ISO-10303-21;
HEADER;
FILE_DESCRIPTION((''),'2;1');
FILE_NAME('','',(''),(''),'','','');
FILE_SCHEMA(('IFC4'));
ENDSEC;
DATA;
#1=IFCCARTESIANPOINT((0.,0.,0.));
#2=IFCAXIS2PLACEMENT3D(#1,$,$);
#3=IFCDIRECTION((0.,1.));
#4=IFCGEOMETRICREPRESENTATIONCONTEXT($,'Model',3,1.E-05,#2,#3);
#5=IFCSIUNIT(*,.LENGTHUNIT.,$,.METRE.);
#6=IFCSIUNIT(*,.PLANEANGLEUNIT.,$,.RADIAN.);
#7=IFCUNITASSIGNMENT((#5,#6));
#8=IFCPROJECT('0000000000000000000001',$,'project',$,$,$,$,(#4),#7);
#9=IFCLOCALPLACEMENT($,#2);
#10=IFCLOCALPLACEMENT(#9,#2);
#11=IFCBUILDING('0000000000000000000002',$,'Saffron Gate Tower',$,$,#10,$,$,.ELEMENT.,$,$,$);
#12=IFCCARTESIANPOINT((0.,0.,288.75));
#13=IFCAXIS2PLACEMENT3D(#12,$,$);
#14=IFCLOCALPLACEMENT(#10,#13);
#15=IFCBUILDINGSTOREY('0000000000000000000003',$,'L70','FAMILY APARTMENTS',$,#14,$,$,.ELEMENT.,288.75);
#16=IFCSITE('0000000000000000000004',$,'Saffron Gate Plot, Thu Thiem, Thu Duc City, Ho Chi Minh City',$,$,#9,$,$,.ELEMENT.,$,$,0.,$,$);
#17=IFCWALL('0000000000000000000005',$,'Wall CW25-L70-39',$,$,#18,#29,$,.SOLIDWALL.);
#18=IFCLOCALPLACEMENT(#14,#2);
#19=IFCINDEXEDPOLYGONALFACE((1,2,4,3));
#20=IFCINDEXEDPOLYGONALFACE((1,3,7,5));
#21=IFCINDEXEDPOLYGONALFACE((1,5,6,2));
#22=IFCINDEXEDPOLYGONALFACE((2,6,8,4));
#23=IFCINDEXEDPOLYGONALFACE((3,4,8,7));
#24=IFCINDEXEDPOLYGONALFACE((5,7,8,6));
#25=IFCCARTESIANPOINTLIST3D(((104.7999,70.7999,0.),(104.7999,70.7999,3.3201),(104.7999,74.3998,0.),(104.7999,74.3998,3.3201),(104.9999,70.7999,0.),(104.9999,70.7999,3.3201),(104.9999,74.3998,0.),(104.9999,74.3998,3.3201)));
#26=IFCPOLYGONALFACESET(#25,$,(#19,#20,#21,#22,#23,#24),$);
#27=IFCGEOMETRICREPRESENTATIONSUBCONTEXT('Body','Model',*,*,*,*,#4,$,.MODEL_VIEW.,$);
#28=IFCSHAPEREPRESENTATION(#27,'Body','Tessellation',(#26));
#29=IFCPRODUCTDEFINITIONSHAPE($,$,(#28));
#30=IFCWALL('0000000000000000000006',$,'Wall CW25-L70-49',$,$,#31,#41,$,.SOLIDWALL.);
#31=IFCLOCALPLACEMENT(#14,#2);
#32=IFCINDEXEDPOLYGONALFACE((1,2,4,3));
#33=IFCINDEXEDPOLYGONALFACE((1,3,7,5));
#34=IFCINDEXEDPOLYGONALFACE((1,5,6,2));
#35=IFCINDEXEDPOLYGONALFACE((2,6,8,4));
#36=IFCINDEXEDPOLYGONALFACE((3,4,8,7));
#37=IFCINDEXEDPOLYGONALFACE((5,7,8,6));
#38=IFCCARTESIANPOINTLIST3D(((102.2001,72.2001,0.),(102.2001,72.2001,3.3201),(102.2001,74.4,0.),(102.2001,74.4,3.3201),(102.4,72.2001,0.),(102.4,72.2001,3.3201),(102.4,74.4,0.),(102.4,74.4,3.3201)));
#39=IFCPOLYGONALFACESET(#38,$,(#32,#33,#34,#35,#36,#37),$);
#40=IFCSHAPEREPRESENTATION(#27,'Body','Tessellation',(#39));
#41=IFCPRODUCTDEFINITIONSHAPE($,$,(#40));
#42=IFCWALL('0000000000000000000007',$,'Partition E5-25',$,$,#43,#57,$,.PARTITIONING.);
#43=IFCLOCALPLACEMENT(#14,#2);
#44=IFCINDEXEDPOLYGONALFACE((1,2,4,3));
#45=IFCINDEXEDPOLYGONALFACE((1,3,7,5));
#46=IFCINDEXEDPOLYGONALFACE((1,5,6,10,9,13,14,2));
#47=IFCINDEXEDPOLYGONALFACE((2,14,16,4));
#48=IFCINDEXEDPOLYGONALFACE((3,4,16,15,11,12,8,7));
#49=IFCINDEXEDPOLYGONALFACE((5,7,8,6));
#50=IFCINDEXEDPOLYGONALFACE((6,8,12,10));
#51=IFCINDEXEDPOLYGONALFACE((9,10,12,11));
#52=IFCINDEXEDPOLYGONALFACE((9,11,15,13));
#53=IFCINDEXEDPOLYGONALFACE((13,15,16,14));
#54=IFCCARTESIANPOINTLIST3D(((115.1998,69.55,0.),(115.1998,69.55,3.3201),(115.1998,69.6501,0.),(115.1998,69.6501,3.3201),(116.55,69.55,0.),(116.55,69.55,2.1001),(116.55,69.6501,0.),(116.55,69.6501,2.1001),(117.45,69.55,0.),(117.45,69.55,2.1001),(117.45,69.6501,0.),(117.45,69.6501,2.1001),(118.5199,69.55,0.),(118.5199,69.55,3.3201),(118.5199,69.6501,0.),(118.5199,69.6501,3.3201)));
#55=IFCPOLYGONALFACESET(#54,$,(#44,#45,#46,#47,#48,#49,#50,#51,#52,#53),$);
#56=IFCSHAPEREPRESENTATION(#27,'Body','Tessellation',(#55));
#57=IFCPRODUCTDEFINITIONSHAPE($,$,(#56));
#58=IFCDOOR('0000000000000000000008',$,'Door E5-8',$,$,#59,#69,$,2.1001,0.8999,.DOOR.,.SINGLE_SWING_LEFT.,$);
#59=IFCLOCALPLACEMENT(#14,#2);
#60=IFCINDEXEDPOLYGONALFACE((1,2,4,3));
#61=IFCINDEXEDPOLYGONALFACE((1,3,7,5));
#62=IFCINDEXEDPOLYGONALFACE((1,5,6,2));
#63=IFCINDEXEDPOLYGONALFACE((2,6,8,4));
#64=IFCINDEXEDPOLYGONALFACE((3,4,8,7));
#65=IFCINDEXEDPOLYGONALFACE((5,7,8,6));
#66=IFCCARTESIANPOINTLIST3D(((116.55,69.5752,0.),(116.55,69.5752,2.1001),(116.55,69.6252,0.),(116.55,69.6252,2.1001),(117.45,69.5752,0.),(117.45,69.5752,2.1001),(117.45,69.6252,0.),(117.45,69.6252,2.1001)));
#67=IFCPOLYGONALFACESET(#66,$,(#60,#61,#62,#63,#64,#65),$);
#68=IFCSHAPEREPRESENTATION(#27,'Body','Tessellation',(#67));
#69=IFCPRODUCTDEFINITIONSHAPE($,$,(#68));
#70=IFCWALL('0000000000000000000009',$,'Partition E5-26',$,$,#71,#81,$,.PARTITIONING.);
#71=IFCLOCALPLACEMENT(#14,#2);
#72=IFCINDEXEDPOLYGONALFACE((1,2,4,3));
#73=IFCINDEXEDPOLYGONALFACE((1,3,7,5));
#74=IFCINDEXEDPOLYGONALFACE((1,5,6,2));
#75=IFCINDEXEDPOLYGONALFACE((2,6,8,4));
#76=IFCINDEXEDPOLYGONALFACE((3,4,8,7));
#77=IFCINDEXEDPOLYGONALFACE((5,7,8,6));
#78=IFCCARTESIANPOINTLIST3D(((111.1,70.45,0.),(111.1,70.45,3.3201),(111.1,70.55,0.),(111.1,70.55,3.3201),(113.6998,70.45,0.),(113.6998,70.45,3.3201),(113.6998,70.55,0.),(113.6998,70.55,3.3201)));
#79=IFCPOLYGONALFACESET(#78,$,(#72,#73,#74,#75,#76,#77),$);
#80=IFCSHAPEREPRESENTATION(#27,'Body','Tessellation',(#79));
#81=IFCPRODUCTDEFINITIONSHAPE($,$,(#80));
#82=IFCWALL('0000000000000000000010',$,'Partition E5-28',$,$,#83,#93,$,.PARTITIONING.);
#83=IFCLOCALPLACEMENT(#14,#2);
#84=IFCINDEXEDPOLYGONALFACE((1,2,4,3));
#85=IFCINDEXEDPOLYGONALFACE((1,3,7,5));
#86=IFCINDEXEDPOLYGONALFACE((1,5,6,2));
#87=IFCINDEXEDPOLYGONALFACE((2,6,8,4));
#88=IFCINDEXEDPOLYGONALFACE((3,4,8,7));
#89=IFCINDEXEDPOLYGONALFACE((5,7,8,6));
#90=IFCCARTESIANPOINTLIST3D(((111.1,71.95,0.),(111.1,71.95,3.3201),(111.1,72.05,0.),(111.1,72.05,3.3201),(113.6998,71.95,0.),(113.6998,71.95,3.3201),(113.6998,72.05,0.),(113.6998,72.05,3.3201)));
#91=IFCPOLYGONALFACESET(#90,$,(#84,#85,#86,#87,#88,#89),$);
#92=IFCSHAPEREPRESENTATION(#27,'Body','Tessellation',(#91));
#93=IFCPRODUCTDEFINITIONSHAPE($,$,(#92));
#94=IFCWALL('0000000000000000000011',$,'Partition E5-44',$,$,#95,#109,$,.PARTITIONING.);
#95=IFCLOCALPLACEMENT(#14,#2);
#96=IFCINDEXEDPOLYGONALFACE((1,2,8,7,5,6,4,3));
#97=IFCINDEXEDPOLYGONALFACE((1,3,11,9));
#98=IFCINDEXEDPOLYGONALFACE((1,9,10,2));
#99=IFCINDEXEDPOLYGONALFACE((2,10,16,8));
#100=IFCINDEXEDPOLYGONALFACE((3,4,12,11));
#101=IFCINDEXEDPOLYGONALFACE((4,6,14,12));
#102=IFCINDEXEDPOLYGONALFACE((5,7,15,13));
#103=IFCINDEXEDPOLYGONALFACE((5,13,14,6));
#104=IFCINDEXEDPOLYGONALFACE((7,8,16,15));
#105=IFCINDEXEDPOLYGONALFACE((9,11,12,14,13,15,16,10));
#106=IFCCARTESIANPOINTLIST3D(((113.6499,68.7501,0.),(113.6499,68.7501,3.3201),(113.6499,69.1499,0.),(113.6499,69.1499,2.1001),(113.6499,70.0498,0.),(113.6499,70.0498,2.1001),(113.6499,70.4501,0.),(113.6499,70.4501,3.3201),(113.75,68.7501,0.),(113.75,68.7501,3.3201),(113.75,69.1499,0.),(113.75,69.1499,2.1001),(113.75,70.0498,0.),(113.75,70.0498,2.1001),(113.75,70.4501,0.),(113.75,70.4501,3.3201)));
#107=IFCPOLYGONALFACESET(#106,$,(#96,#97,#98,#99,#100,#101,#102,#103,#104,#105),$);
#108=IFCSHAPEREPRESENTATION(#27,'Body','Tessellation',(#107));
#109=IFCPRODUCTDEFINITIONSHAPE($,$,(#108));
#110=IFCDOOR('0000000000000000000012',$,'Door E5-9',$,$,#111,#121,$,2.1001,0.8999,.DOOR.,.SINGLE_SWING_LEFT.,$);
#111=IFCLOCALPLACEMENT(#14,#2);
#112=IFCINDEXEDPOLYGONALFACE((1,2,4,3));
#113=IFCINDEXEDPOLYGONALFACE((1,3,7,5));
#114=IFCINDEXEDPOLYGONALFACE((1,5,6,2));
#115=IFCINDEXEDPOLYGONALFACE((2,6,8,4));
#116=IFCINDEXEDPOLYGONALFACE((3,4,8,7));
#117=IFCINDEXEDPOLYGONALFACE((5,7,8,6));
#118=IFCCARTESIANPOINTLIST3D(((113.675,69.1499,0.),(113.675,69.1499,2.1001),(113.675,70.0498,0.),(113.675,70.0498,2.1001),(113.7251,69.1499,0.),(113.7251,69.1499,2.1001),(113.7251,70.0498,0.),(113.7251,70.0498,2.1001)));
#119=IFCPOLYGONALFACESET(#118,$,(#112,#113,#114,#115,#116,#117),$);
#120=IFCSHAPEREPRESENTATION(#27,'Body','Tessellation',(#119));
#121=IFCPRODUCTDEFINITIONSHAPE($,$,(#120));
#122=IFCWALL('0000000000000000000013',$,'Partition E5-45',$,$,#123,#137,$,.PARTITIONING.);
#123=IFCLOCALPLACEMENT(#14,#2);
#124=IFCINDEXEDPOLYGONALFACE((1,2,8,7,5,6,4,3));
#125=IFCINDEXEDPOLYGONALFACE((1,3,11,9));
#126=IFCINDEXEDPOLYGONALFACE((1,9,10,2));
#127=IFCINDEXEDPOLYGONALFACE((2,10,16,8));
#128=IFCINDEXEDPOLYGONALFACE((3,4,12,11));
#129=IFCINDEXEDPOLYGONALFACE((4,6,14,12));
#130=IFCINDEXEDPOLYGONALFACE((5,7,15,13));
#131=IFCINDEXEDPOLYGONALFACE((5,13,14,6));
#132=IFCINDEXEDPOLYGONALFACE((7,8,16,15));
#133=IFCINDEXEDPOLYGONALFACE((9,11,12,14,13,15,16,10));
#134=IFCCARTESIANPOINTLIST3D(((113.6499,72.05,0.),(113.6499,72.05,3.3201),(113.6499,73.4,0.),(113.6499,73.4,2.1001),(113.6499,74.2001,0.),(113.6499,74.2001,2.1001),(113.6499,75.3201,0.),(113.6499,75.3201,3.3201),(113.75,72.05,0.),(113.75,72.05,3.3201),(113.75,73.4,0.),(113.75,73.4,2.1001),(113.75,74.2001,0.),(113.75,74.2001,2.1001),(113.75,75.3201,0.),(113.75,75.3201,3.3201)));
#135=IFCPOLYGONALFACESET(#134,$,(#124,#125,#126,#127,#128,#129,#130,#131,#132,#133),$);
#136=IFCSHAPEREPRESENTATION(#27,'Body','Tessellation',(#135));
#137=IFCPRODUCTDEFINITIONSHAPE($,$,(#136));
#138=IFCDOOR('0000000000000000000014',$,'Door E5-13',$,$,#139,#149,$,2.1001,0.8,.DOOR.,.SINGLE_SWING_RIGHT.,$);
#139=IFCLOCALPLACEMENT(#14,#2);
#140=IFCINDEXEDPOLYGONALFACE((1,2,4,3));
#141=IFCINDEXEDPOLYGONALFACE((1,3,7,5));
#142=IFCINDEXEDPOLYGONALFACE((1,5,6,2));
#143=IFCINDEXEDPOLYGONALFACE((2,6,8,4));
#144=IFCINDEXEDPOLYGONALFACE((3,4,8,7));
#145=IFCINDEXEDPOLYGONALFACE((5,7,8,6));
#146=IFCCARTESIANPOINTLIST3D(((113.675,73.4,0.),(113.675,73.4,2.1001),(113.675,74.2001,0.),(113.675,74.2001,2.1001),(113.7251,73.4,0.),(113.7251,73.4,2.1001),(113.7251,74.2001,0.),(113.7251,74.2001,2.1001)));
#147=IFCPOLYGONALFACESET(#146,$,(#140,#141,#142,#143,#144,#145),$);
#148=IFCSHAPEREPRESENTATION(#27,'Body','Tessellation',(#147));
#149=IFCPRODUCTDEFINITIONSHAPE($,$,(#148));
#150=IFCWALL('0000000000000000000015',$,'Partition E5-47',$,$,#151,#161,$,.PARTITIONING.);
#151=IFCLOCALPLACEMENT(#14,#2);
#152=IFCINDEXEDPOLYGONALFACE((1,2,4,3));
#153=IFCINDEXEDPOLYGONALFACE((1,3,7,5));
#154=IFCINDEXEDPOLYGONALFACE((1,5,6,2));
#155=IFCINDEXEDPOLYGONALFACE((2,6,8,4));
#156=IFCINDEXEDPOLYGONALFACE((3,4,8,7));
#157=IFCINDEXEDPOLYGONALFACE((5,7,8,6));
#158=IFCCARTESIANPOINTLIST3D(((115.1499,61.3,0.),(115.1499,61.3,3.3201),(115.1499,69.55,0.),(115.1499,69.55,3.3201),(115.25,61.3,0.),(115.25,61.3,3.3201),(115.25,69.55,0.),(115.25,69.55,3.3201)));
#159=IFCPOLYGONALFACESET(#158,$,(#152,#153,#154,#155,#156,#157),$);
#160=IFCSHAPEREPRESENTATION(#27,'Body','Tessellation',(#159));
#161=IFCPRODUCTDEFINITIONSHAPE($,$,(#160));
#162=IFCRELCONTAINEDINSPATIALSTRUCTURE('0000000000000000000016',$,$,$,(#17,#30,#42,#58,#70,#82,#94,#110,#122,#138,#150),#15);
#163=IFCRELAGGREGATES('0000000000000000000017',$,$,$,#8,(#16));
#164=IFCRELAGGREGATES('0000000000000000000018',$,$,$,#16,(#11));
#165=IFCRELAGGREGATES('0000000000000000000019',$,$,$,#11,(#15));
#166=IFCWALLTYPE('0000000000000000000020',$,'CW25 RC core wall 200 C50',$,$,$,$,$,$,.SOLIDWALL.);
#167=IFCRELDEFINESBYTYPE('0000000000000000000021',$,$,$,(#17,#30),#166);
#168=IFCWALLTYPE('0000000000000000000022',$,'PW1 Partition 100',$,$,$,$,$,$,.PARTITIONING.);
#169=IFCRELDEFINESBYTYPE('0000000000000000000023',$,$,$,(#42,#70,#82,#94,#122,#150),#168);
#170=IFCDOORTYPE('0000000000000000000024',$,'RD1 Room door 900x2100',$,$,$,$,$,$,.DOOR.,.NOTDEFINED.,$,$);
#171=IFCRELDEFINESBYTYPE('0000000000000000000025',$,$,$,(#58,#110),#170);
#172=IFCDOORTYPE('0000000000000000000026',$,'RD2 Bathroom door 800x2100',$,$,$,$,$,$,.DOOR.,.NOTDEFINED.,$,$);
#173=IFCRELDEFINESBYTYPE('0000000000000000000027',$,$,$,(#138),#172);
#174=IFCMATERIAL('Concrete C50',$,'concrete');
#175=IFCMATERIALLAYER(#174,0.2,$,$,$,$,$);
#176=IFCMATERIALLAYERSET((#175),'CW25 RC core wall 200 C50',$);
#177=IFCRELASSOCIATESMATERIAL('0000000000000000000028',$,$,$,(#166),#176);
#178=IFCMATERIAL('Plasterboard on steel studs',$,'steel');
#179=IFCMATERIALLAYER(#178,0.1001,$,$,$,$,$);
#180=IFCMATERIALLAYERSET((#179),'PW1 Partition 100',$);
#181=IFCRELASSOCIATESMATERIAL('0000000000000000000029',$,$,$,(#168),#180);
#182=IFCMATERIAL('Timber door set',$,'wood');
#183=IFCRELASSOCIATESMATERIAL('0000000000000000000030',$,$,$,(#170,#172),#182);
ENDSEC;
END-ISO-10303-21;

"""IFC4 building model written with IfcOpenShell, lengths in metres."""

from ifc_helpers import new_model, si_unit, direction, frame, frame_2d, origin, place, context, subcontext, project, spatial, rectangle, extrude, material, layer, layer_set, type_object, element, fill, save


model = new_model("IFC4")

# Units and contexts
model_context = context("Model", 3, precision=1e-05, world=origin(), true_north=direction((0.0, 1.0)))
body_context = subcontext(model_context, "Body", "Model", "MODEL_VIEW")
ifc_project = project(units=[si_unit("LENGTHUNIT", "METRE"), si_unit("PLANEANGLEUNIT", "RADIAN")], contexts=[model_context])

# Site, building, storey
site_placement = place(None, origin())
site = spatial("IfcSite", under=ifc_project, at=site_placement, Name="Saffron Gate Plot, Thu Thiem, Thu Duc City, Ho Chi Minh City", CompositionType="ELEMENT", RefElevation=0.0)
building_placement = place(site_placement, origin())
building = spatial("IfcBuilding", under=site, at=building_placement, Name="Saffron Gate Tower", CompositionType="ELEMENT")
storey_placement = place(building_placement, frame((0.0, 0.0, 288.75)))
storey = spatial("IfcBuildingStorey", under=building, at=storey_placement, Name="L70", Description="FAMILY APARTMENTS", CompositionType="ELEMENT", Elevation=288.75)

# Walls
ifc_material_1 = material(Name="Concrete C50", Category="concrete")
ifc_layer_1 = layer(ifc_material_1, 0.2)
ifc_layer_set_1 = layer_set([ifc_layer_1], Name="CW25 RC core wall 200 C50")
wall_type_1 = type_object("IfcWallType", Name="CW25 RC core wall 200 C50", PredefinedType="SOLIDWALL", material=ifc_layer_set_1)
wall_1_placement = place(storey_placement, frame((104.8999, 70.8, 0.0), z_axis=(0.0, 0.0, 1.0), x_axis=(0.0, 1.0, 0.0)))
element("IfcWall", 1, at=wall_1_placement, inside=storey, type_object=wall_type_1, Name="Wall CW25-L70-39", PredefinedType="SOLIDWALL", context=body_context, shape_type="SweptSolid", body=[
    extrude(rectangle(XDim=3.5999, YDim=0.2, at=frame_2d((1.7998, 0.0))), origin(), (0.0, 0.0, 1.0), 3.3201),
])
wall_2_placement = place(storey_placement, frame((102.3, 72.2, 0.0), z_axis=(0.0, 0.0, 1.0), x_axis=(0.0, 1.0, 0.0)))
element("IfcWall", 2, at=wall_2_placement, inside=storey, type_object=wall_type_1, Name="Wall CW25-L70-49", PredefinedType="SOLIDWALL", context=body_context, shape_type="SweptSolid", body=[
    extrude(rectangle(XDim=2.2, YDim=0.2, at=frame_2d((1.1001, 0.0))), origin(), (0.0, 0.0, 1.0), 3.3201),
])

# Wall, opening, door
ifc_material_2 = material(Name="Plasterboard on steel studs", Category="steel")
ifc_layer_2 = layer(ifc_material_2, 0.1001)
ifc_layer_set_2 = layer_set([ifc_layer_2], Name="PW1 Partition 100")
wall_type_2 = type_object("IfcWallType", Name="PW1 Partition 100", PredefinedType="PARTITIONING", material=ifc_layer_set_2)
wall_3_placement = place(storey_placement, frame((118.52, 69.6001, 0.0), z_axis=(0.0, 0.0, 1.0), x_axis=(-1.0, 0.0, 0.0)))
wall_3 = element("IfcWall", 3, at=wall_3_placement, inside=storey, type_object=wall_type_2, Name="Partition E5-25", PredefinedType="PARTITIONING", context=body_context, shape_type="SweptSolid", body=[
    extrude(rectangle(XDim=3.3201, YDim=0.1001, at=frame_2d((1.6602, 0.0))), origin(), (0.0, 0.0, 1.0), 3.3201),
])
opening_1_placement = place(wall_3_placement, frame((1.0701, 0.0, 0.0)))
opening_1 = element("IfcOpeningElement", 4, at=opening_1_placement, cuts=wall_3, PredefinedType="OPENING", context=body_context, shape_type="SweptSolid", body=[
    extrude(rectangle(XDim=0.8999, YDim=2.1001, at=frame_2d((0.45, 1.05))), frame((0.0, 0.0601, 0.0), z_axis=(0.0, -1.0, 0.0), x_axis=(1.0, 0.0, 0.0)), (0.0, 0.0, 1.0), 0.1201),
])
ifc_material_3 = material(Name="Timber door set", Category="wood")
door_type_1 = type_object("IfcDoorType", Name="RD1 Room door 900x2100", OperationType="NOTDEFINED", PredefinedType="DOOR", material=ifc_material_3)
door_1_placement = place(opening_1_placement, origin())
door_1 = element("IfcDoor", 5, at=door_1_placement, inside=storey, type_object=door_type_1, Name="Door E5-8", OperationType="SINGLE_SWING_LEFT", OverallHeight=2.1001, OverallWidth=0.8999, PredefinedType="DOOR", context=body_context, shape_type="SweptSolid", body=[
    extrude(rectangle(XDim=0.8999, YDim=2.1001, at=frame_2d((0.45, 1.05))), frame((0.0, 0.0249, 0.0), z_axis=(0.0, -1.0, 0.0), x_axis=(1.0, 0.0, 0.0)), (0.0, 0.0, 1.0), 0.05),
])
fill(opening_1, door_1)

# Walls
for number, where, z_axis, x_axis, name in (
    (6, (111.1001, 70.5, 0.0), (0.0, 0.0, 1.0), (1.0, 0.0, 0.0), "Partition E5-26"),
    (7, (111.1001, 72.0, 0.0), (0.0, 0.0, 1.0), (1.0, 0.0, 0.0), "Partition E5-28"),
):
    element("IfcWall", number, at=place(storey_placement, frame(where, z_axis=z_axis, x_axis=x_axis)), inside=storey, type_object=wall_type_2, Name=name, PredefinedType="PARTITIONING", context=body_context, shape_type="SweptSolid", body=[
        extrude(rectangle(XDim=2.5999, YDim=0.1001, at=frame_2d((1.2998, 0.0))), origin(), (0.0, 0.0, 1.0), 3.3201),
    ])

# Walls, openings, doors
wall_4_placement = place(storey_placement, frame((113.7, 68.75, 0.0), z_axis=(0.0, 0.0, 1.0), x_axis=(0.0, 1.0, 0.0)))
wall_4 = element("IfcWall", 8, at=wall_4_placement, inside=storey, type_object=wall_type_2, Name="Partition E5-44", PredefinedType="PARTITIONING", context=body_context, shape_type="SweptSolid", body=[
    extrude(rectangle(XDim=1.7, YDim=0.1001, at=frame_2d((0.8501, 0.0))), origin(), (0.0, 0.0, 1.0), 3.3201),
])
opening_2_placement = place(wall_4_placement, frame((0.3999, 0.0, 0.0)))
opening_2 = element("IfcOpeningElement", 9, at=opening_2_placement, cuts=wall_4, PredefinedType="OPENING", context=body_context, shape_type="SweptSolid", body=[
    extrude(rectangle(XDim=0.8999, YDim=2.1001, at=frame_2d((0.45, 1.05))), frame((0.0, 0.0601, 0.0), z_axis=(0.0, -1.0, 0.0), x_axis=(1.0, 0.0, 0.0)), (0.0, 0.0, 1.0), 0.1201),
])
door_2_placement = place(opening_2_placement, origin())
door_2 = element("IfcDoor", 10, at=door_2_placement, inside=storey, type_object=door_type_1, Name="Door E5-9", OperationType="SINGLE_SWING_LEFT", OverallHeight=2.1001, OverallWidth=0.8999, PredefinedType="DOOR", context=body_context, shape_type="SweptSolid", body=[
    extrude(rectangle(XDim=0.8999, YDim=2.1001, at=frame_2d((0.45, 1.05))), frame((0.0, 0.0249, 0.0), z_axis=(0.0, -1.0, 0.0), x_axis=(1.0, 0.0, 0.0)), (0.0, 0.0, 1.0), 0.05),
])
fill(opening_2, door_2)
wall_5_placement = place(storey_placement, frame((113.7, 72.05, 0.0), z_axis=(0.0, 0.0, 1.0), x_axis=(0.0, 1.0, 0.0)))
wall_5 = element("IfcWall", 11, at=wall_5_placement, inside=storey, type_object=wall_type_2, Name="Partition E5-45", PredefinedType="PARTITIONING", context=body_context, shape_type="SweptSolid", body=[
    extrude(rectangle(XDim=3.27, YDim=0.1001, at=frame_2d((1.635, 0.0))), origin(), (0.0, 0.0, 1.0), 3.3201),
])
opening_3_placement = place(wall_5_placement, frame((1.3501, 0.0, 0.0)))
opening_3 = element("IfcOpeningElement", 12, at=opening_3_placement, cuts=wall_5, PredefinedType="OPENING", context=body_context, shape_type="SweptSolid", body=[
    extrude(rectangle(XDim=0.8, YDim=2.1001, at=frame_2d((0.3999, 1.05))), frame((0.0, 0.0601, 0.0), z_axis=(0.0, -1.0, 0.0), x_axis=(1.0, 0.0, 0.0)), (0.0, 0.0, 1.0), 0.1201),
])
door_type_2 = type_object("IfcDoorType", Name="RD2 Bathroom door 800x2100", OperationType="NOTDEFINED", PredefinedType="DOOR", material=ifc_material_3)
door_3_placement = place(opening_3_placement, origin())
door_3 = element("IfcDoor", 13, at=door_3_placement, inside=storey, type_object=door_type_2, Name="Door E5-13", OperationType="SINGLE_SWING_RIGHT", OverallHeight=2.1001, OverallWidth=0.8, PredefinedType="DOOR", context=body_context, shape_type="SweptSolid", body=[
    extrude(rectangle(XDim=0.8, YDim=2.1001, at=frame_2d((0.3999, 1.05))), frame((0.0, 0.0249, 0.0), z_axis=(0.0, -1.0, 0.0), x_axis=(1.0, 0.0, 0.0)), (0.0, 0.0, 1.0), 0.05),
])
fill(opening_3, door_3)

# Wall
wall_6_placement = place(storey_placement, frame((115.2, 69.55, 0.0), z_axis=(0.0, 0.0, 1.0), x_axis=(0.0, -1.0, 0.0)))
element("IfcWall", 14, at=wall_6_placement, inside=storey, type_object=wall_type_2, Name="Partition E5-47", PredefinedType="PARTITIONING", context=body_context, shape_type="SweptSolid", body=[
    extrude(rectangle(XDim=8.25, YDim=0.1001, at=frame_2d((4.125, 0.0))), origin(), (0.0, 0.0, 1.0), 3.3201),
])

save(model, "model.ifc")
